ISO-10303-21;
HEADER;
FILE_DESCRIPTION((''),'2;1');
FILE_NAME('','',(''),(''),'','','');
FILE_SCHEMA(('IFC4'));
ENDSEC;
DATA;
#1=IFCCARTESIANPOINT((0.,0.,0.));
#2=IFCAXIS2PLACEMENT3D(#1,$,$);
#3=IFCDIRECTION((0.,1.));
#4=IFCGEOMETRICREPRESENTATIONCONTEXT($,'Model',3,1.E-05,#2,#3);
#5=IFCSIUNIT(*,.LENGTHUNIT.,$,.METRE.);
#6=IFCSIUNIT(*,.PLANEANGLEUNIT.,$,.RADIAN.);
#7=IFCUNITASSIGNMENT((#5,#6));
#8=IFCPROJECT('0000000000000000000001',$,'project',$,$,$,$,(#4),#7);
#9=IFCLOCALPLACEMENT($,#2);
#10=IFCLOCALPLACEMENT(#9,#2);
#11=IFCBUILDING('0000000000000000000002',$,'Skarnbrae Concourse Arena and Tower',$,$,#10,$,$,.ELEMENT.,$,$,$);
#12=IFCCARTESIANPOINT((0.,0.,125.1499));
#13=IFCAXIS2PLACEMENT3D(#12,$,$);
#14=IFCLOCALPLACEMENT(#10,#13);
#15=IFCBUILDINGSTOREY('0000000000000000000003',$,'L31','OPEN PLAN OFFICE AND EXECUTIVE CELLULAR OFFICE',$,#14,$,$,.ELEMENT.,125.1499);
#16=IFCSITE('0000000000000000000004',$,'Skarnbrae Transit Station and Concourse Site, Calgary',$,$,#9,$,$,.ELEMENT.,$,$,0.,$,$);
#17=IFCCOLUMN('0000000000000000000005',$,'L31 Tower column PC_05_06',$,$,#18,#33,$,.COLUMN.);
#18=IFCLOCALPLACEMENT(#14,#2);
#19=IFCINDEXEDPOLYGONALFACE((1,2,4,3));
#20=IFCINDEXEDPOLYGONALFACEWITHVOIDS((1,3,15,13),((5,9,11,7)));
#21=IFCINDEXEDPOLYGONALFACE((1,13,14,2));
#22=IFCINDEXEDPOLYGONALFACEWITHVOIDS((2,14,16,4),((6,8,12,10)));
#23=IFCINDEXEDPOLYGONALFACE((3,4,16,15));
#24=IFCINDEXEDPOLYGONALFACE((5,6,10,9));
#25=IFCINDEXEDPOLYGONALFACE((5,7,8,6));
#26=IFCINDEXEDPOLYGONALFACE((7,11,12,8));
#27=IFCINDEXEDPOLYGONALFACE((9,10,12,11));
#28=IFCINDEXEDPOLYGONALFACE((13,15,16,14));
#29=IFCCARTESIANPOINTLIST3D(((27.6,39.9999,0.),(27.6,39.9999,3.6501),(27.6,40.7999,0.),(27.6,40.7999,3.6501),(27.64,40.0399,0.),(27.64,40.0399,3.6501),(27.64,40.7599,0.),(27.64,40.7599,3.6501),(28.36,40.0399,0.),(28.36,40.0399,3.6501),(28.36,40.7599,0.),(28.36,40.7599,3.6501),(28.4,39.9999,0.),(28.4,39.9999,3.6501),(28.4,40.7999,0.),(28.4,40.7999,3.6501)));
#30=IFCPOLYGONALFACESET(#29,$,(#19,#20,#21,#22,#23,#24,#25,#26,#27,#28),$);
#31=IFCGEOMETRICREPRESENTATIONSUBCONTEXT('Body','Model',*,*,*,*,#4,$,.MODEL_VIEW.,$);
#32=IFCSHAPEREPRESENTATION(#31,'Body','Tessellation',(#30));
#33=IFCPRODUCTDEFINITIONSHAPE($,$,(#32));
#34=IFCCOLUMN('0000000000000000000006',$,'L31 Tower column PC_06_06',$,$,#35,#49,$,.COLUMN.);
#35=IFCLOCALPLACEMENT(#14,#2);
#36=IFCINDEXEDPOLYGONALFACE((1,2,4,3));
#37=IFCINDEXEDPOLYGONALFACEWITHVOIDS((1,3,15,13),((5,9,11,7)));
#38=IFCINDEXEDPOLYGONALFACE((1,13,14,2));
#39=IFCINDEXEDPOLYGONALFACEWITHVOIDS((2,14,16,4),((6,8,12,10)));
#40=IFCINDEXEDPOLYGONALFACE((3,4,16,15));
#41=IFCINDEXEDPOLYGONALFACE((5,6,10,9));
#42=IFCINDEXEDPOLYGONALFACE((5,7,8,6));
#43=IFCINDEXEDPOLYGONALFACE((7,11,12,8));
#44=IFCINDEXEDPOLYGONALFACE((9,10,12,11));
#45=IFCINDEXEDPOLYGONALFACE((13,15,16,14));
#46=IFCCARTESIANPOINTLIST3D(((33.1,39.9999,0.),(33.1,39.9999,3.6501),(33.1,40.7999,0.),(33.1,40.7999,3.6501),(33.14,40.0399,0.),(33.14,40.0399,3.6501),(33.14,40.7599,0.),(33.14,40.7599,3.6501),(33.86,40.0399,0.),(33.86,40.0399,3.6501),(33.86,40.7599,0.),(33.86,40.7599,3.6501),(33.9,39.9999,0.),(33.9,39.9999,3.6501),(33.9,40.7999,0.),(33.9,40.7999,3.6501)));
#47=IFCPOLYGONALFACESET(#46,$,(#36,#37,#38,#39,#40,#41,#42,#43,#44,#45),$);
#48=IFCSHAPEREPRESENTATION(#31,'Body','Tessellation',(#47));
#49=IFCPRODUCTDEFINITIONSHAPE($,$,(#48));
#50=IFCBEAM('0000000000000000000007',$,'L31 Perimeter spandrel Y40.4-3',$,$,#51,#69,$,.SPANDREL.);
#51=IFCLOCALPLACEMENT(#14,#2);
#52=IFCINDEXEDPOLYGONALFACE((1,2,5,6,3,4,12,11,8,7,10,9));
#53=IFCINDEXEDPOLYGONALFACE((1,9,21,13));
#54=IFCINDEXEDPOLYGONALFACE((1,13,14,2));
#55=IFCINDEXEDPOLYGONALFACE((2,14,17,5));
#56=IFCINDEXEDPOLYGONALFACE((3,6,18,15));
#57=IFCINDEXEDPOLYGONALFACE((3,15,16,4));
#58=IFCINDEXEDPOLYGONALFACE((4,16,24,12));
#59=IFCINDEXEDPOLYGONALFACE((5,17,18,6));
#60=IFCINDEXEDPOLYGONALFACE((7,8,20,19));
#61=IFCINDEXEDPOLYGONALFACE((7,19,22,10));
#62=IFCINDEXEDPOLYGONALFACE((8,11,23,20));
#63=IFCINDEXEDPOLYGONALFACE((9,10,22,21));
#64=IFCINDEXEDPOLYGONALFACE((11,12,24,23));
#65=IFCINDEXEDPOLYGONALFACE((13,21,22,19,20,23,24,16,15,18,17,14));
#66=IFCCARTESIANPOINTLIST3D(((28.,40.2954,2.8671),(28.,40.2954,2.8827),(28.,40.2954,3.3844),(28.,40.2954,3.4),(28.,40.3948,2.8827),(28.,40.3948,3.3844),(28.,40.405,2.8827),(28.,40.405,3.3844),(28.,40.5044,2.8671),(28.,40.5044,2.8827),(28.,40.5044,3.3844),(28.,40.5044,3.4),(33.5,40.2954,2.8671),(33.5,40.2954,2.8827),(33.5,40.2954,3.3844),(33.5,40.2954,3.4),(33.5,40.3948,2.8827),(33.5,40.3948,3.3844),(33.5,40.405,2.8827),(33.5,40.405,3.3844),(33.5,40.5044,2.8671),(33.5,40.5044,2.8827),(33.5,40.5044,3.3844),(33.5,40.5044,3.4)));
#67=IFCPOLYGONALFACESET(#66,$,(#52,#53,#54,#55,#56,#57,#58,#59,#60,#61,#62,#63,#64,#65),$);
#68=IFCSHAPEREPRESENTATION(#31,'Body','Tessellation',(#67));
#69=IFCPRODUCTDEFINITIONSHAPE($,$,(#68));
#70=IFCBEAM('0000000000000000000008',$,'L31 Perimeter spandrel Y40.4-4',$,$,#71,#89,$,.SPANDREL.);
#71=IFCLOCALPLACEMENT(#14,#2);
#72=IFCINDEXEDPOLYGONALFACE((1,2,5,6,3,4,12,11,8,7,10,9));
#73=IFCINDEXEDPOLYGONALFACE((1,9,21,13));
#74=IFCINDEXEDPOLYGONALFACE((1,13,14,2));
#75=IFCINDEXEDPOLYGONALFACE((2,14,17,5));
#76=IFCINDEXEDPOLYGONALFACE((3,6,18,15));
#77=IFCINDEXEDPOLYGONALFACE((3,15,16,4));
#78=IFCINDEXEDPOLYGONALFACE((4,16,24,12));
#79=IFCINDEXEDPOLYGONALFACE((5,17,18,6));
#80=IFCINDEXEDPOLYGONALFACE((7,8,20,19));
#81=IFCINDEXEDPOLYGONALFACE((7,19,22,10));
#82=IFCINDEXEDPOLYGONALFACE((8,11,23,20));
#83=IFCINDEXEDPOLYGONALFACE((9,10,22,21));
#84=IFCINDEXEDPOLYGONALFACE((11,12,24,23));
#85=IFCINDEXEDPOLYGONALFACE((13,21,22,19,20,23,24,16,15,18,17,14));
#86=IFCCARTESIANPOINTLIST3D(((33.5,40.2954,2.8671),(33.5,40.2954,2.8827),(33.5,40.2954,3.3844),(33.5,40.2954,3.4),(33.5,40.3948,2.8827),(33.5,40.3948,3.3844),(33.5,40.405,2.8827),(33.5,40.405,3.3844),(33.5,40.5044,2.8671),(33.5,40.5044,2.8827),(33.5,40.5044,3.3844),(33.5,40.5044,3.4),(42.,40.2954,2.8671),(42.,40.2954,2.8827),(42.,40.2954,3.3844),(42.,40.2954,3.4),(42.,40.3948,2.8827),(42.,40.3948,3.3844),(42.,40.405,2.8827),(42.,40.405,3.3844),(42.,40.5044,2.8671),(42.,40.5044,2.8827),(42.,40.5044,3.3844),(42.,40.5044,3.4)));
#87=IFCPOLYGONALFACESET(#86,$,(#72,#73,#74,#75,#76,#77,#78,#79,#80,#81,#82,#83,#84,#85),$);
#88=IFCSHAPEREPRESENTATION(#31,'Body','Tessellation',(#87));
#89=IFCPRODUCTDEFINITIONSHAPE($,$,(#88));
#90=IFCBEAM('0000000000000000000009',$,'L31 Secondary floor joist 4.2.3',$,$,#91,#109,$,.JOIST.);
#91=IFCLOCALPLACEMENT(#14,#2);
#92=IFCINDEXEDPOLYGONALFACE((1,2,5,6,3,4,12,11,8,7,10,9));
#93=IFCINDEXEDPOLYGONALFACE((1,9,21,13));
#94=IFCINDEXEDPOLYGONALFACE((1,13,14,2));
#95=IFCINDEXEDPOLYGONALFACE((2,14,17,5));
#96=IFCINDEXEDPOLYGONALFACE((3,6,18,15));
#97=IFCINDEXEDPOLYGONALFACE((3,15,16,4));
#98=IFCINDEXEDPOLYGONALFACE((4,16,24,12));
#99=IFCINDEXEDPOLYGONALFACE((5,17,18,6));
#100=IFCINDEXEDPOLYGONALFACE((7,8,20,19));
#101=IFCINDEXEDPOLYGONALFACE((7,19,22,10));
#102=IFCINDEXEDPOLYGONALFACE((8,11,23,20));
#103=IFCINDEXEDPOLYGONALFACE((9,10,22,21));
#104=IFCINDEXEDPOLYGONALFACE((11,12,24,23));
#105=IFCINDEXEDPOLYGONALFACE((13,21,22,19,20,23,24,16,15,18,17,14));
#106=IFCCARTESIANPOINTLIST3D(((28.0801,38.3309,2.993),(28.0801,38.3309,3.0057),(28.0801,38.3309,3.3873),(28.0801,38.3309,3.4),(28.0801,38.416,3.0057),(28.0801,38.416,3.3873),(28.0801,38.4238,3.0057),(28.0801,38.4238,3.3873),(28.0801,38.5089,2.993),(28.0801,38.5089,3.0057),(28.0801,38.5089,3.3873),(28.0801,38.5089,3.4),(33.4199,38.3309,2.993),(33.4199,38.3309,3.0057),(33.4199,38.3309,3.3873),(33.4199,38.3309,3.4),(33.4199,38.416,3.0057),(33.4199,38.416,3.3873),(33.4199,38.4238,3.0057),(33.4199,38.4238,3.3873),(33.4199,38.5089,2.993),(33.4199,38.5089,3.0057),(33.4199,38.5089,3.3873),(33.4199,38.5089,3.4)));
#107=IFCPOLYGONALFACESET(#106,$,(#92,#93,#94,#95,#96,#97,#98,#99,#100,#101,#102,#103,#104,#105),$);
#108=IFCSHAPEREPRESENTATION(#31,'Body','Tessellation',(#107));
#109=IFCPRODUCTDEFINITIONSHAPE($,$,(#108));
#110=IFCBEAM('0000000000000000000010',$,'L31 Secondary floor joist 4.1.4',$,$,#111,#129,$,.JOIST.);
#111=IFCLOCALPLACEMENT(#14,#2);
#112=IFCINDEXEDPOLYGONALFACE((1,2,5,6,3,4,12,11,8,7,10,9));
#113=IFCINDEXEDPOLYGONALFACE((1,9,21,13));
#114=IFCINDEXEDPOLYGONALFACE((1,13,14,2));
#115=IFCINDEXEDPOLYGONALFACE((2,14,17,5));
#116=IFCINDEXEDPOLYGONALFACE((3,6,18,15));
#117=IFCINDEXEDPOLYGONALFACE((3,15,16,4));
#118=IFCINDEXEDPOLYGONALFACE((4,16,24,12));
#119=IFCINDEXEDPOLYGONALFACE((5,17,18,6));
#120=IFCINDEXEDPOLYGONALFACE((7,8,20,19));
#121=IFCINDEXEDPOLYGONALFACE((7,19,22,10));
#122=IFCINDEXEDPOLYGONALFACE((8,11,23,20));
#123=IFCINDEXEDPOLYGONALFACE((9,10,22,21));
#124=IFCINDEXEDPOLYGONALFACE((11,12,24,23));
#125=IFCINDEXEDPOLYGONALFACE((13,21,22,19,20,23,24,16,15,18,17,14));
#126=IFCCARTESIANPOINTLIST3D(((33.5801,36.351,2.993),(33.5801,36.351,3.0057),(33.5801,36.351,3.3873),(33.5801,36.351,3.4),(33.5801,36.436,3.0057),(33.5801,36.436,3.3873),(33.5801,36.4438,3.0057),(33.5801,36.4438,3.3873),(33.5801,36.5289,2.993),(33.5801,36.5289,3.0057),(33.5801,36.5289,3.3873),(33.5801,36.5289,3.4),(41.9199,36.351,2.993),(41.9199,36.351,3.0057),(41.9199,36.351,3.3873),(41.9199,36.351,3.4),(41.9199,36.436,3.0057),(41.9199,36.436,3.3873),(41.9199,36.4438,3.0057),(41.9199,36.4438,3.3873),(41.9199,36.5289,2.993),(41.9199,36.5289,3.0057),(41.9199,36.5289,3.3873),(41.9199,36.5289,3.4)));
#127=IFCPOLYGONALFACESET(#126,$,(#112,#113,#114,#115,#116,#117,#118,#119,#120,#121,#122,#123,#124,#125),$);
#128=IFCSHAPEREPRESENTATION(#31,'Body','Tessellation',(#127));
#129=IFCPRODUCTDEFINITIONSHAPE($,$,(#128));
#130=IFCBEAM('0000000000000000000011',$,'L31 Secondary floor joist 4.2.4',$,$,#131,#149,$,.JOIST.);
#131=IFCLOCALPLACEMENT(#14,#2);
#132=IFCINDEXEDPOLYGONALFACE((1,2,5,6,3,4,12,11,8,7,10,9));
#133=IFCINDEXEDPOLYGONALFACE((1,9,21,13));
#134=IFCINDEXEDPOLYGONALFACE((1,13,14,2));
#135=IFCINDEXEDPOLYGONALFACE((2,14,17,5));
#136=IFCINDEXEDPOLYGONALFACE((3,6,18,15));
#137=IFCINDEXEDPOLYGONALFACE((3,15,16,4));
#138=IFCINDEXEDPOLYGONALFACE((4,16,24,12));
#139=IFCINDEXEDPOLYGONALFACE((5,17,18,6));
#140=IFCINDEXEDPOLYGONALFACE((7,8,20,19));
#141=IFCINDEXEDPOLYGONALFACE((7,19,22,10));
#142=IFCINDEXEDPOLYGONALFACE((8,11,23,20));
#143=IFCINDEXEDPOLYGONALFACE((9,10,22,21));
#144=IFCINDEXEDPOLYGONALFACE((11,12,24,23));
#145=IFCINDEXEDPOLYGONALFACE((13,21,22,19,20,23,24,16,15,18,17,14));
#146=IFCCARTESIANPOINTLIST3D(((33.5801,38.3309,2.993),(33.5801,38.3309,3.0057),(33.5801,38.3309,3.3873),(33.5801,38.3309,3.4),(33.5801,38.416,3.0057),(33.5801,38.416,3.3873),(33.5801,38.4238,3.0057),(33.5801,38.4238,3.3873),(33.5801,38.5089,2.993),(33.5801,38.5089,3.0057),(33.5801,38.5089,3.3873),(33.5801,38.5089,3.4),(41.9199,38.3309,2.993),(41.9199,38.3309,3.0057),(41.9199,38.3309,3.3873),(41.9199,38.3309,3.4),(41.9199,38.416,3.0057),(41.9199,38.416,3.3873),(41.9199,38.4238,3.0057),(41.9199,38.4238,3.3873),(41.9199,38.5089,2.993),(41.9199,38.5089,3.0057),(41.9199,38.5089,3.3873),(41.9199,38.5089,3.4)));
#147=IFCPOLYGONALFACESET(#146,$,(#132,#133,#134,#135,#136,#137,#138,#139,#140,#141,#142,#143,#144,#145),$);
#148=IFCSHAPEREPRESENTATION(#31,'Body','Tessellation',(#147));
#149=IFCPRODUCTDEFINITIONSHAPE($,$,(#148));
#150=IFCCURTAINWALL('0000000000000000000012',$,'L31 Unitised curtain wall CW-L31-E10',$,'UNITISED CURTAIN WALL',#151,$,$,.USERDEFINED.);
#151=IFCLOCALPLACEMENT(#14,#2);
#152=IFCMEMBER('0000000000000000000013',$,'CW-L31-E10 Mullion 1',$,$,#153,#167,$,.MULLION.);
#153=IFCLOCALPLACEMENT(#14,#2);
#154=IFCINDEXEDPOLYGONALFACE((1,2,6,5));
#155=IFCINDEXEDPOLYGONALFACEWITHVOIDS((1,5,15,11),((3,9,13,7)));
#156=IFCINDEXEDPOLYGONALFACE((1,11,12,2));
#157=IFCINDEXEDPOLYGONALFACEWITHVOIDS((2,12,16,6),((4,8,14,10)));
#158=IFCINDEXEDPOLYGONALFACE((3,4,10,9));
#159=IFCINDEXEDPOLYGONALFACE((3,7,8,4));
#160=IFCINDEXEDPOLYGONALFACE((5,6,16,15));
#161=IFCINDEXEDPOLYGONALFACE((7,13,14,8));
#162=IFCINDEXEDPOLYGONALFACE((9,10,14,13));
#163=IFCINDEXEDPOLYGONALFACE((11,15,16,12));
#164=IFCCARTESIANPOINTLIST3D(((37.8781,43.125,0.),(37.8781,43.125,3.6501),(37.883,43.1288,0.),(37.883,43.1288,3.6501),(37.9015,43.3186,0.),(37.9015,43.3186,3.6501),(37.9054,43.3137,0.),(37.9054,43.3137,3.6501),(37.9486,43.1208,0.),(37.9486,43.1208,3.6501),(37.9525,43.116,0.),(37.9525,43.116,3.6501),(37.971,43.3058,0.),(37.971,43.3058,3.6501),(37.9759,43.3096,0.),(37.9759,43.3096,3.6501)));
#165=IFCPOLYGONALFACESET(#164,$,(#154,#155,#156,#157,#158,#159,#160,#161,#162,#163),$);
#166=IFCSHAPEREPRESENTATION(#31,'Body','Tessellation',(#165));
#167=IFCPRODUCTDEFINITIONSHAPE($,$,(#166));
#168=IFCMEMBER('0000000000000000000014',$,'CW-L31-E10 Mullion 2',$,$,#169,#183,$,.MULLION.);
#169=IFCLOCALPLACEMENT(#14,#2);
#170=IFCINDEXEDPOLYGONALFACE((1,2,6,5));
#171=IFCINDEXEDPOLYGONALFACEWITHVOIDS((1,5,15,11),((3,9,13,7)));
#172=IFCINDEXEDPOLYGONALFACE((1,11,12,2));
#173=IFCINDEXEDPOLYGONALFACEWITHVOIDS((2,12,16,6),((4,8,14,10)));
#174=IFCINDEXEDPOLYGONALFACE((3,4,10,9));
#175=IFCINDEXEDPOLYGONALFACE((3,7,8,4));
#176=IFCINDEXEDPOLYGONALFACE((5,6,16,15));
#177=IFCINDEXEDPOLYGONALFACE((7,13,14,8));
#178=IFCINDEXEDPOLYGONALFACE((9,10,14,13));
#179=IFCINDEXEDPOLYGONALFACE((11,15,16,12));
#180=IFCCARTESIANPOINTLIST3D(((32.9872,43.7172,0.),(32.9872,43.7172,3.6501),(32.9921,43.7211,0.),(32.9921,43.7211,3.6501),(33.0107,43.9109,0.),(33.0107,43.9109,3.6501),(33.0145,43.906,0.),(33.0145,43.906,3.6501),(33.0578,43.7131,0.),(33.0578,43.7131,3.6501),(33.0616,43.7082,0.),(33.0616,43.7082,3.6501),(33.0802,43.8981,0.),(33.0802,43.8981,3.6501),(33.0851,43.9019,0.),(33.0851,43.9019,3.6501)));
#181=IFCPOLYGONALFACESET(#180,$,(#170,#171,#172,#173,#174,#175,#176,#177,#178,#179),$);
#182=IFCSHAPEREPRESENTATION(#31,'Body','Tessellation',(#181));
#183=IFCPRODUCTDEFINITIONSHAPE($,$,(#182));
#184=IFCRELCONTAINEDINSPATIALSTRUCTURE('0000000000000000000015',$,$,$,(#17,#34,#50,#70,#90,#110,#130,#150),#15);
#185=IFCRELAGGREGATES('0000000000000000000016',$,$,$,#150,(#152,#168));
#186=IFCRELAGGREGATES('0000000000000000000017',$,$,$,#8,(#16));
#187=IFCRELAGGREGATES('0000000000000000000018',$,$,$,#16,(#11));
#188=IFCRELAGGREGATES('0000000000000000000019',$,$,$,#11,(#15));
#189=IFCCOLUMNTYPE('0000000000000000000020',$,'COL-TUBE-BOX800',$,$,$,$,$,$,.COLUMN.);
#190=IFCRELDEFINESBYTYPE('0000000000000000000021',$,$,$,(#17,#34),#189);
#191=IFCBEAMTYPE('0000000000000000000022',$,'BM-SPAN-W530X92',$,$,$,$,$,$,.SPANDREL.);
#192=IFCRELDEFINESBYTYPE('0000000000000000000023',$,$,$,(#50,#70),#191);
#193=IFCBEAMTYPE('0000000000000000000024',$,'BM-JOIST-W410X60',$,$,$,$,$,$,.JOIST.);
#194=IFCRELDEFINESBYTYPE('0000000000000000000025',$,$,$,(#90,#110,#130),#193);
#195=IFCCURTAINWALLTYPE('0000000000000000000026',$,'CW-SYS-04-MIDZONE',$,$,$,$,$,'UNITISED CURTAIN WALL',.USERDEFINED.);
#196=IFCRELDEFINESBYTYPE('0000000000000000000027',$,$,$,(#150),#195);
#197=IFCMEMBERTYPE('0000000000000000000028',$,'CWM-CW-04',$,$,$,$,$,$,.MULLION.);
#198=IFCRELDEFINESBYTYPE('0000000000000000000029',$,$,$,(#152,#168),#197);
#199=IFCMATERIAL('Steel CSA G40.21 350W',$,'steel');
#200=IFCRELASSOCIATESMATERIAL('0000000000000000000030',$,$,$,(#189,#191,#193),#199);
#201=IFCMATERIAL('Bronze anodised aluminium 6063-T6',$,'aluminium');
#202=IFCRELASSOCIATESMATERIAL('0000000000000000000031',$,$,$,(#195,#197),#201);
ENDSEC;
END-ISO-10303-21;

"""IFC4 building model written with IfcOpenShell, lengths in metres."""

from ifc_helpers import new_model, si_unit, direction, frame, origin, origin_2d, place, context, subcontext, project, spatial, hollow_rectangle, i_section, extrude, source, transform, mapped, material, material_profile, profile_set, type_object, element, aggregate, save


model = new_model("IFC4")

# Units and contexts
model_context = context("Model", 3, precision=1e-05, world=origin(), true_north=direction((0.0, 1.0)))
body_context = subcontext(model_context, "Body", "Model", "MODEL_VIEW")
ifc_project = project(units=[si_unit("LENGTHUNIT", "METRE"), si_unit("PLANEANGLEUNIT", "RADIAN")], contexts=[model_context])

# Site, building, storey
site_placement = place(None, origin())
site = spatial("IfcSite", under=ifc_project, at=site_placement, Name="Skarnbrae Transit Station and Concourse Site, Calgary", CompositionType="ELEMENT", RefElevation=0.0)
building_placement = place(site_placement, origin())
building = spatial("IfcBuilding", under=site, at=building_placement, Name="Skarnbrae Concourse Arena and Tower", CompositionType="ELEMENT")
storey_placement = place(building_placement, frame((0.0, 0.0, 125.1499)))
storey = spatial("IfcBuildingStorey", under=building, at=storey_placement, Name="L31", Description="OPEN PLAN OFFICE AND EXECUTIVE CELLULAR OFFICE", CompositionType="ELEMENT", Elevation=125.1499)

# Columns
ifc_material_1 = material(Name="Steel CSA G40.21 350W", Category="steel")
ifc_material_profile_1 = material_profile(ifc_material_1, hollow_rectangle(XDim=0.8, YDim=0.8, WallThickness=0.04, at=origin_2d()), Name="BOX800X800X40")
ifc_profile_set_1 = profile_set([ifc_material_profile_1], Name="Steel CSA G40.21 350W")
column_type = type_object("IfcColumnType", Name="COL-TUBE-BOX800", PredefinedType="COLUMN", material=ifc_profile_set_1)
shared_shape_1 = source(origin(), body_context, "Body", "SweptSolid", [
    extrude(hollow_rectangle(XDim=0.8, YDim=0.8, WallThickness=0.04, at=origin_2d()), origin(), (0.0, 0.0, 1.0), 3.6501),
])
for number, where, z_axis, x_axis, name in (
    (1, (28.0, 40.3999, 0.0), (0.0, 0.0, 1.0), (1.0, 0.0, 0.0), "L31 Tower column PC_05_06"),
    (2, (33.5, 40.3999, 0.0), (0.0, 0.0, 1.0), (1.0, 0.0, 0.0), "L31 Tower column PC_06_06"),
):
    element("IfcColumn", number, at=place(storey_placement, frame(where, z_axis=z_axis, x_axis=x_axis)), inside=storey, type_object=column_type, Name=name, PredefinedType="COLUMN", context=body_context, shape_type="MappedRepresentation", body=[
        mapped(shared_shape_1, transform((0.0, 0.0, 0.0))),
    ])

# Beams
ifc_material_profile_2 = material_profile(ifc_material_1, i_section(OverallWidth=0.209, OverallDepth=0.533, WebThickness=0.0103, FlangeThickness=0.0156, at=origin_2d()), Name="W530X92")
ifc_profile_set_2 = profile_set([ifc_material_profile_2], Name="Steel CSA G40.21 350W")
beam_type_1 = type_object("IfcBeamType", Name="BM-SPAN-W530X92", PredefinedType="SPANDREL", material=ifc_profile_set_2)
shared_shape_2 = source(origin(), body_context, "Body", "SweptSolid", [
    extrude(i_section(OverallWidth=0.209, OverallDepth=0.533, WebThickness=0.0103, FlangeThickness=0.0156, at=origin_2d()), origin(), (0.0, 0.0, 1.0), 5.5),
])
beam_1_placement = place(storey_placement, frame((28.0, 40.3999, 3.1335), z_axis=(1.0, 0.0, 0.0), x_axis=(0.0, 1.0, 0.0)))
element("IfcBeam", 3, at=beam_1_placement, inside=storey, type_object=beam_type_1, Name="L31 Perimeter spandrel Y40.4-3", PredefinedType="SPANDREL", context=body_context, shape_type="MappedRepresentation", body=[
    mapped(shared_shape_2, transform((0.0, 0.0, 0.0))),
])
shared_shape_3 = source(origin(), body_context, "Body", "SweptSolid", [
    extrude(i_section(OverallWidth=0.209, OverallDepth=0.533, WebThickness=0.0103, FlangeThickness=0.0156, at=origin_2d()), origin(), (0.0, 0.0, 1.0), 8.5),
])
beam_2_placement = place(storey_placement, frame((33.5, 40.3999, 3.1335), z_axis=(1.0, 0.0, 0.0), x_axis=(0.0, 1.0, 0.0)))
element("IfcBeam", 4, at=beam_2_placement, inside=storey, type_object=beam_type_1, Name="L31 Perimeter spandrel Y40.4-4", PredefinedType="SPANDREL", context=body_context, shape_type="MappedRepresentation", body=[
    mapped(shared_shape_3, transform((0.0, 0.0, 0.0))),
])
ifc_material_profile_3 = material_profile(ifc_material_1, i_section(OverallWidth=0.178, OverallDepth=0.407, WebThickness=0.0078, FlangeThickness=0.0127, at=origin_2d()), Name="W410X60")
ifc_profile_set_3 = profile_set([ifc_material_profile_3], Name="Steel CSA G40.21 350W")
beam_type_2 = type_object("IfcBeamType", Name="BM-JOIST-W410X60", PredefinedType="JOIST", material=ifc_profile_set_3)
shared_shape_4 = source(origin(), body_context, "Body", "SweptSolid", [
    extrude(i_section(OverallWidth=0.178, OverallDepth=0.407, WebThickness=0.0078, FlangeThickness=0.0127, at=origin_2d()), origin(), (0.0, 0.0, 1.0), 5.3398),
])
beam_3_placement = place(storey_placement, frame((28.0801, 38.4199, 3.1965), z_axis=(1.0, 0.0, 0.0), x_axis=(0.0, 1.0, 0.0)))
element("IfcBeam", 5, at=beam_3_placement, inside=storey, type_object=beam_type_2, Name="L31 Secondary floor joist 4.2.3", PredefinedType="JOIST", context=body_context, shape_type="MappedRepresentation", body=[
    mapped(shared_shape_4, transform((0.0, 0.0, 0.0))),
])
shared_shape_5 = source(origin(), body_context, "Body", "SweptSolid", [
    extrude(i_section(OverallWidth=0.178, OverallDepth=0.407, WebThickness=0.0078, FlangeThickness=0.0127, at=origin_2d()), origin(), (0.0, 0.0, 1.0), 8.3398),
])
for number, where, z_axis, x_axis, name in (
    (6, (33.5801, 36.4399, 3.1965), (1.0, 0.0, 0.0), (0.0, 1.0, 0.0), "L31 Secondary floor joist 4.1.4"),
    (7, (33.5801, 38.4199, 3.1965), (1.0, 0.0, 0.0), (0.0, 1.0, 0.0), "L31 Secondary floor joist 4.2.4"),
):
    element("IfcBeam", number, at=place(storey_placement, frame(where, z_axis=z_axis, x_axis=x_axis)), inside=storey, type_object=beam_type_2, Name=name, PredefinedType="JOIST", context=body_context, shape_type="MappedRepresentation", body=[
        mapped(shared_shape_5, transform((0.0, 0.0, 0.0))),
    ])

# Curtain wall, members
ifc_material_2 = material(Name="Bronze anodised aluminium 6063-T6", Category="aluminium")
curtain_wall_type = type_object("IfcCurtainWallType", Name="CW-SYS-04-MIDZONE", ElementType="UNITISED CURTAIN WALL", PredefinedType="USERDEFINED", material=ifc_material_2)
curtain_wall_1_placement = place(storey_placement, origin())
curtain_wall_1 = element("IfcCurtainWall", 8, at=curtain_wall_1_placement, inside=storey, type_object=curtain_wall_type, Name="L31 Unitised curtain wall CW-L31-E10", ObjectType="UNITISED CURTAIN WALL", PredefinedType="USERDEFINED")
ifc_material_profile_4 = material_profile(ifc_material_2, hollow_rectangle(XDim=0.075, YDim=0.1951, WallThickness=0.0044, at=origin_2d()), Name="ALU-MULL-75X195")
ifc_profile_set_4 = profile_set([ifc_material_profile_4], Name="Bronze anodised aluminium 6063-T6")
member_type_1 = type_object("IfcMemberType", Name="CWM-CW-04", PredefinedType="MULLION", material=ifc_profile_set_4)
shared_shape_6 = source(origin(), body_context, "Body", "SweptSolid", [
    extrude(hollow_rectangle(XDim=0.075, YDim=0.1951, WallThickness=0.0044, at=origin_2d()), origin(), (0.0, 0.0, 1.0), 3.6501),
])
member_1_placement = place(storey_placement, frame((37.927, 43.2173, 0.0), z_axis=(0.0, 0.0, 1.0), x_axis=(-0.992749, 0.120203, 0.0)))
member_1 = element("IfcMember", 9, at=member_1_placement, type_object=member_type_1, Name="CW-L31-E10 Mullion 1", PredefinedType="MULLION", context=body_context, shape_type="MappedRepresentation", body=[
    mapped(shared_shape_6, transform((0.0, 0.0, 0.0))),
])
member_2_placement = place(storey_placement, frame((33.0361, 43.8096, 0.0), z_axis=(0.0, 0.0, 1.0), x_axis=(-0.992749, 0.120203, 0.0)))
member_2 = element("IfcMember", 10, at=member_2_placement, type_object=member_type_1, Name="CW-L31-E10 Mullion 2", PredefinedType="MULLION", context=body_context, shape_type="MappedRepresentation", body=[
    mapped(shared_shape_6, transform((0.0, 0.0, 0.0))),
])

aggregate(curtain_wall_1, [member_1, member_2])

save(model, "model.ifc")
